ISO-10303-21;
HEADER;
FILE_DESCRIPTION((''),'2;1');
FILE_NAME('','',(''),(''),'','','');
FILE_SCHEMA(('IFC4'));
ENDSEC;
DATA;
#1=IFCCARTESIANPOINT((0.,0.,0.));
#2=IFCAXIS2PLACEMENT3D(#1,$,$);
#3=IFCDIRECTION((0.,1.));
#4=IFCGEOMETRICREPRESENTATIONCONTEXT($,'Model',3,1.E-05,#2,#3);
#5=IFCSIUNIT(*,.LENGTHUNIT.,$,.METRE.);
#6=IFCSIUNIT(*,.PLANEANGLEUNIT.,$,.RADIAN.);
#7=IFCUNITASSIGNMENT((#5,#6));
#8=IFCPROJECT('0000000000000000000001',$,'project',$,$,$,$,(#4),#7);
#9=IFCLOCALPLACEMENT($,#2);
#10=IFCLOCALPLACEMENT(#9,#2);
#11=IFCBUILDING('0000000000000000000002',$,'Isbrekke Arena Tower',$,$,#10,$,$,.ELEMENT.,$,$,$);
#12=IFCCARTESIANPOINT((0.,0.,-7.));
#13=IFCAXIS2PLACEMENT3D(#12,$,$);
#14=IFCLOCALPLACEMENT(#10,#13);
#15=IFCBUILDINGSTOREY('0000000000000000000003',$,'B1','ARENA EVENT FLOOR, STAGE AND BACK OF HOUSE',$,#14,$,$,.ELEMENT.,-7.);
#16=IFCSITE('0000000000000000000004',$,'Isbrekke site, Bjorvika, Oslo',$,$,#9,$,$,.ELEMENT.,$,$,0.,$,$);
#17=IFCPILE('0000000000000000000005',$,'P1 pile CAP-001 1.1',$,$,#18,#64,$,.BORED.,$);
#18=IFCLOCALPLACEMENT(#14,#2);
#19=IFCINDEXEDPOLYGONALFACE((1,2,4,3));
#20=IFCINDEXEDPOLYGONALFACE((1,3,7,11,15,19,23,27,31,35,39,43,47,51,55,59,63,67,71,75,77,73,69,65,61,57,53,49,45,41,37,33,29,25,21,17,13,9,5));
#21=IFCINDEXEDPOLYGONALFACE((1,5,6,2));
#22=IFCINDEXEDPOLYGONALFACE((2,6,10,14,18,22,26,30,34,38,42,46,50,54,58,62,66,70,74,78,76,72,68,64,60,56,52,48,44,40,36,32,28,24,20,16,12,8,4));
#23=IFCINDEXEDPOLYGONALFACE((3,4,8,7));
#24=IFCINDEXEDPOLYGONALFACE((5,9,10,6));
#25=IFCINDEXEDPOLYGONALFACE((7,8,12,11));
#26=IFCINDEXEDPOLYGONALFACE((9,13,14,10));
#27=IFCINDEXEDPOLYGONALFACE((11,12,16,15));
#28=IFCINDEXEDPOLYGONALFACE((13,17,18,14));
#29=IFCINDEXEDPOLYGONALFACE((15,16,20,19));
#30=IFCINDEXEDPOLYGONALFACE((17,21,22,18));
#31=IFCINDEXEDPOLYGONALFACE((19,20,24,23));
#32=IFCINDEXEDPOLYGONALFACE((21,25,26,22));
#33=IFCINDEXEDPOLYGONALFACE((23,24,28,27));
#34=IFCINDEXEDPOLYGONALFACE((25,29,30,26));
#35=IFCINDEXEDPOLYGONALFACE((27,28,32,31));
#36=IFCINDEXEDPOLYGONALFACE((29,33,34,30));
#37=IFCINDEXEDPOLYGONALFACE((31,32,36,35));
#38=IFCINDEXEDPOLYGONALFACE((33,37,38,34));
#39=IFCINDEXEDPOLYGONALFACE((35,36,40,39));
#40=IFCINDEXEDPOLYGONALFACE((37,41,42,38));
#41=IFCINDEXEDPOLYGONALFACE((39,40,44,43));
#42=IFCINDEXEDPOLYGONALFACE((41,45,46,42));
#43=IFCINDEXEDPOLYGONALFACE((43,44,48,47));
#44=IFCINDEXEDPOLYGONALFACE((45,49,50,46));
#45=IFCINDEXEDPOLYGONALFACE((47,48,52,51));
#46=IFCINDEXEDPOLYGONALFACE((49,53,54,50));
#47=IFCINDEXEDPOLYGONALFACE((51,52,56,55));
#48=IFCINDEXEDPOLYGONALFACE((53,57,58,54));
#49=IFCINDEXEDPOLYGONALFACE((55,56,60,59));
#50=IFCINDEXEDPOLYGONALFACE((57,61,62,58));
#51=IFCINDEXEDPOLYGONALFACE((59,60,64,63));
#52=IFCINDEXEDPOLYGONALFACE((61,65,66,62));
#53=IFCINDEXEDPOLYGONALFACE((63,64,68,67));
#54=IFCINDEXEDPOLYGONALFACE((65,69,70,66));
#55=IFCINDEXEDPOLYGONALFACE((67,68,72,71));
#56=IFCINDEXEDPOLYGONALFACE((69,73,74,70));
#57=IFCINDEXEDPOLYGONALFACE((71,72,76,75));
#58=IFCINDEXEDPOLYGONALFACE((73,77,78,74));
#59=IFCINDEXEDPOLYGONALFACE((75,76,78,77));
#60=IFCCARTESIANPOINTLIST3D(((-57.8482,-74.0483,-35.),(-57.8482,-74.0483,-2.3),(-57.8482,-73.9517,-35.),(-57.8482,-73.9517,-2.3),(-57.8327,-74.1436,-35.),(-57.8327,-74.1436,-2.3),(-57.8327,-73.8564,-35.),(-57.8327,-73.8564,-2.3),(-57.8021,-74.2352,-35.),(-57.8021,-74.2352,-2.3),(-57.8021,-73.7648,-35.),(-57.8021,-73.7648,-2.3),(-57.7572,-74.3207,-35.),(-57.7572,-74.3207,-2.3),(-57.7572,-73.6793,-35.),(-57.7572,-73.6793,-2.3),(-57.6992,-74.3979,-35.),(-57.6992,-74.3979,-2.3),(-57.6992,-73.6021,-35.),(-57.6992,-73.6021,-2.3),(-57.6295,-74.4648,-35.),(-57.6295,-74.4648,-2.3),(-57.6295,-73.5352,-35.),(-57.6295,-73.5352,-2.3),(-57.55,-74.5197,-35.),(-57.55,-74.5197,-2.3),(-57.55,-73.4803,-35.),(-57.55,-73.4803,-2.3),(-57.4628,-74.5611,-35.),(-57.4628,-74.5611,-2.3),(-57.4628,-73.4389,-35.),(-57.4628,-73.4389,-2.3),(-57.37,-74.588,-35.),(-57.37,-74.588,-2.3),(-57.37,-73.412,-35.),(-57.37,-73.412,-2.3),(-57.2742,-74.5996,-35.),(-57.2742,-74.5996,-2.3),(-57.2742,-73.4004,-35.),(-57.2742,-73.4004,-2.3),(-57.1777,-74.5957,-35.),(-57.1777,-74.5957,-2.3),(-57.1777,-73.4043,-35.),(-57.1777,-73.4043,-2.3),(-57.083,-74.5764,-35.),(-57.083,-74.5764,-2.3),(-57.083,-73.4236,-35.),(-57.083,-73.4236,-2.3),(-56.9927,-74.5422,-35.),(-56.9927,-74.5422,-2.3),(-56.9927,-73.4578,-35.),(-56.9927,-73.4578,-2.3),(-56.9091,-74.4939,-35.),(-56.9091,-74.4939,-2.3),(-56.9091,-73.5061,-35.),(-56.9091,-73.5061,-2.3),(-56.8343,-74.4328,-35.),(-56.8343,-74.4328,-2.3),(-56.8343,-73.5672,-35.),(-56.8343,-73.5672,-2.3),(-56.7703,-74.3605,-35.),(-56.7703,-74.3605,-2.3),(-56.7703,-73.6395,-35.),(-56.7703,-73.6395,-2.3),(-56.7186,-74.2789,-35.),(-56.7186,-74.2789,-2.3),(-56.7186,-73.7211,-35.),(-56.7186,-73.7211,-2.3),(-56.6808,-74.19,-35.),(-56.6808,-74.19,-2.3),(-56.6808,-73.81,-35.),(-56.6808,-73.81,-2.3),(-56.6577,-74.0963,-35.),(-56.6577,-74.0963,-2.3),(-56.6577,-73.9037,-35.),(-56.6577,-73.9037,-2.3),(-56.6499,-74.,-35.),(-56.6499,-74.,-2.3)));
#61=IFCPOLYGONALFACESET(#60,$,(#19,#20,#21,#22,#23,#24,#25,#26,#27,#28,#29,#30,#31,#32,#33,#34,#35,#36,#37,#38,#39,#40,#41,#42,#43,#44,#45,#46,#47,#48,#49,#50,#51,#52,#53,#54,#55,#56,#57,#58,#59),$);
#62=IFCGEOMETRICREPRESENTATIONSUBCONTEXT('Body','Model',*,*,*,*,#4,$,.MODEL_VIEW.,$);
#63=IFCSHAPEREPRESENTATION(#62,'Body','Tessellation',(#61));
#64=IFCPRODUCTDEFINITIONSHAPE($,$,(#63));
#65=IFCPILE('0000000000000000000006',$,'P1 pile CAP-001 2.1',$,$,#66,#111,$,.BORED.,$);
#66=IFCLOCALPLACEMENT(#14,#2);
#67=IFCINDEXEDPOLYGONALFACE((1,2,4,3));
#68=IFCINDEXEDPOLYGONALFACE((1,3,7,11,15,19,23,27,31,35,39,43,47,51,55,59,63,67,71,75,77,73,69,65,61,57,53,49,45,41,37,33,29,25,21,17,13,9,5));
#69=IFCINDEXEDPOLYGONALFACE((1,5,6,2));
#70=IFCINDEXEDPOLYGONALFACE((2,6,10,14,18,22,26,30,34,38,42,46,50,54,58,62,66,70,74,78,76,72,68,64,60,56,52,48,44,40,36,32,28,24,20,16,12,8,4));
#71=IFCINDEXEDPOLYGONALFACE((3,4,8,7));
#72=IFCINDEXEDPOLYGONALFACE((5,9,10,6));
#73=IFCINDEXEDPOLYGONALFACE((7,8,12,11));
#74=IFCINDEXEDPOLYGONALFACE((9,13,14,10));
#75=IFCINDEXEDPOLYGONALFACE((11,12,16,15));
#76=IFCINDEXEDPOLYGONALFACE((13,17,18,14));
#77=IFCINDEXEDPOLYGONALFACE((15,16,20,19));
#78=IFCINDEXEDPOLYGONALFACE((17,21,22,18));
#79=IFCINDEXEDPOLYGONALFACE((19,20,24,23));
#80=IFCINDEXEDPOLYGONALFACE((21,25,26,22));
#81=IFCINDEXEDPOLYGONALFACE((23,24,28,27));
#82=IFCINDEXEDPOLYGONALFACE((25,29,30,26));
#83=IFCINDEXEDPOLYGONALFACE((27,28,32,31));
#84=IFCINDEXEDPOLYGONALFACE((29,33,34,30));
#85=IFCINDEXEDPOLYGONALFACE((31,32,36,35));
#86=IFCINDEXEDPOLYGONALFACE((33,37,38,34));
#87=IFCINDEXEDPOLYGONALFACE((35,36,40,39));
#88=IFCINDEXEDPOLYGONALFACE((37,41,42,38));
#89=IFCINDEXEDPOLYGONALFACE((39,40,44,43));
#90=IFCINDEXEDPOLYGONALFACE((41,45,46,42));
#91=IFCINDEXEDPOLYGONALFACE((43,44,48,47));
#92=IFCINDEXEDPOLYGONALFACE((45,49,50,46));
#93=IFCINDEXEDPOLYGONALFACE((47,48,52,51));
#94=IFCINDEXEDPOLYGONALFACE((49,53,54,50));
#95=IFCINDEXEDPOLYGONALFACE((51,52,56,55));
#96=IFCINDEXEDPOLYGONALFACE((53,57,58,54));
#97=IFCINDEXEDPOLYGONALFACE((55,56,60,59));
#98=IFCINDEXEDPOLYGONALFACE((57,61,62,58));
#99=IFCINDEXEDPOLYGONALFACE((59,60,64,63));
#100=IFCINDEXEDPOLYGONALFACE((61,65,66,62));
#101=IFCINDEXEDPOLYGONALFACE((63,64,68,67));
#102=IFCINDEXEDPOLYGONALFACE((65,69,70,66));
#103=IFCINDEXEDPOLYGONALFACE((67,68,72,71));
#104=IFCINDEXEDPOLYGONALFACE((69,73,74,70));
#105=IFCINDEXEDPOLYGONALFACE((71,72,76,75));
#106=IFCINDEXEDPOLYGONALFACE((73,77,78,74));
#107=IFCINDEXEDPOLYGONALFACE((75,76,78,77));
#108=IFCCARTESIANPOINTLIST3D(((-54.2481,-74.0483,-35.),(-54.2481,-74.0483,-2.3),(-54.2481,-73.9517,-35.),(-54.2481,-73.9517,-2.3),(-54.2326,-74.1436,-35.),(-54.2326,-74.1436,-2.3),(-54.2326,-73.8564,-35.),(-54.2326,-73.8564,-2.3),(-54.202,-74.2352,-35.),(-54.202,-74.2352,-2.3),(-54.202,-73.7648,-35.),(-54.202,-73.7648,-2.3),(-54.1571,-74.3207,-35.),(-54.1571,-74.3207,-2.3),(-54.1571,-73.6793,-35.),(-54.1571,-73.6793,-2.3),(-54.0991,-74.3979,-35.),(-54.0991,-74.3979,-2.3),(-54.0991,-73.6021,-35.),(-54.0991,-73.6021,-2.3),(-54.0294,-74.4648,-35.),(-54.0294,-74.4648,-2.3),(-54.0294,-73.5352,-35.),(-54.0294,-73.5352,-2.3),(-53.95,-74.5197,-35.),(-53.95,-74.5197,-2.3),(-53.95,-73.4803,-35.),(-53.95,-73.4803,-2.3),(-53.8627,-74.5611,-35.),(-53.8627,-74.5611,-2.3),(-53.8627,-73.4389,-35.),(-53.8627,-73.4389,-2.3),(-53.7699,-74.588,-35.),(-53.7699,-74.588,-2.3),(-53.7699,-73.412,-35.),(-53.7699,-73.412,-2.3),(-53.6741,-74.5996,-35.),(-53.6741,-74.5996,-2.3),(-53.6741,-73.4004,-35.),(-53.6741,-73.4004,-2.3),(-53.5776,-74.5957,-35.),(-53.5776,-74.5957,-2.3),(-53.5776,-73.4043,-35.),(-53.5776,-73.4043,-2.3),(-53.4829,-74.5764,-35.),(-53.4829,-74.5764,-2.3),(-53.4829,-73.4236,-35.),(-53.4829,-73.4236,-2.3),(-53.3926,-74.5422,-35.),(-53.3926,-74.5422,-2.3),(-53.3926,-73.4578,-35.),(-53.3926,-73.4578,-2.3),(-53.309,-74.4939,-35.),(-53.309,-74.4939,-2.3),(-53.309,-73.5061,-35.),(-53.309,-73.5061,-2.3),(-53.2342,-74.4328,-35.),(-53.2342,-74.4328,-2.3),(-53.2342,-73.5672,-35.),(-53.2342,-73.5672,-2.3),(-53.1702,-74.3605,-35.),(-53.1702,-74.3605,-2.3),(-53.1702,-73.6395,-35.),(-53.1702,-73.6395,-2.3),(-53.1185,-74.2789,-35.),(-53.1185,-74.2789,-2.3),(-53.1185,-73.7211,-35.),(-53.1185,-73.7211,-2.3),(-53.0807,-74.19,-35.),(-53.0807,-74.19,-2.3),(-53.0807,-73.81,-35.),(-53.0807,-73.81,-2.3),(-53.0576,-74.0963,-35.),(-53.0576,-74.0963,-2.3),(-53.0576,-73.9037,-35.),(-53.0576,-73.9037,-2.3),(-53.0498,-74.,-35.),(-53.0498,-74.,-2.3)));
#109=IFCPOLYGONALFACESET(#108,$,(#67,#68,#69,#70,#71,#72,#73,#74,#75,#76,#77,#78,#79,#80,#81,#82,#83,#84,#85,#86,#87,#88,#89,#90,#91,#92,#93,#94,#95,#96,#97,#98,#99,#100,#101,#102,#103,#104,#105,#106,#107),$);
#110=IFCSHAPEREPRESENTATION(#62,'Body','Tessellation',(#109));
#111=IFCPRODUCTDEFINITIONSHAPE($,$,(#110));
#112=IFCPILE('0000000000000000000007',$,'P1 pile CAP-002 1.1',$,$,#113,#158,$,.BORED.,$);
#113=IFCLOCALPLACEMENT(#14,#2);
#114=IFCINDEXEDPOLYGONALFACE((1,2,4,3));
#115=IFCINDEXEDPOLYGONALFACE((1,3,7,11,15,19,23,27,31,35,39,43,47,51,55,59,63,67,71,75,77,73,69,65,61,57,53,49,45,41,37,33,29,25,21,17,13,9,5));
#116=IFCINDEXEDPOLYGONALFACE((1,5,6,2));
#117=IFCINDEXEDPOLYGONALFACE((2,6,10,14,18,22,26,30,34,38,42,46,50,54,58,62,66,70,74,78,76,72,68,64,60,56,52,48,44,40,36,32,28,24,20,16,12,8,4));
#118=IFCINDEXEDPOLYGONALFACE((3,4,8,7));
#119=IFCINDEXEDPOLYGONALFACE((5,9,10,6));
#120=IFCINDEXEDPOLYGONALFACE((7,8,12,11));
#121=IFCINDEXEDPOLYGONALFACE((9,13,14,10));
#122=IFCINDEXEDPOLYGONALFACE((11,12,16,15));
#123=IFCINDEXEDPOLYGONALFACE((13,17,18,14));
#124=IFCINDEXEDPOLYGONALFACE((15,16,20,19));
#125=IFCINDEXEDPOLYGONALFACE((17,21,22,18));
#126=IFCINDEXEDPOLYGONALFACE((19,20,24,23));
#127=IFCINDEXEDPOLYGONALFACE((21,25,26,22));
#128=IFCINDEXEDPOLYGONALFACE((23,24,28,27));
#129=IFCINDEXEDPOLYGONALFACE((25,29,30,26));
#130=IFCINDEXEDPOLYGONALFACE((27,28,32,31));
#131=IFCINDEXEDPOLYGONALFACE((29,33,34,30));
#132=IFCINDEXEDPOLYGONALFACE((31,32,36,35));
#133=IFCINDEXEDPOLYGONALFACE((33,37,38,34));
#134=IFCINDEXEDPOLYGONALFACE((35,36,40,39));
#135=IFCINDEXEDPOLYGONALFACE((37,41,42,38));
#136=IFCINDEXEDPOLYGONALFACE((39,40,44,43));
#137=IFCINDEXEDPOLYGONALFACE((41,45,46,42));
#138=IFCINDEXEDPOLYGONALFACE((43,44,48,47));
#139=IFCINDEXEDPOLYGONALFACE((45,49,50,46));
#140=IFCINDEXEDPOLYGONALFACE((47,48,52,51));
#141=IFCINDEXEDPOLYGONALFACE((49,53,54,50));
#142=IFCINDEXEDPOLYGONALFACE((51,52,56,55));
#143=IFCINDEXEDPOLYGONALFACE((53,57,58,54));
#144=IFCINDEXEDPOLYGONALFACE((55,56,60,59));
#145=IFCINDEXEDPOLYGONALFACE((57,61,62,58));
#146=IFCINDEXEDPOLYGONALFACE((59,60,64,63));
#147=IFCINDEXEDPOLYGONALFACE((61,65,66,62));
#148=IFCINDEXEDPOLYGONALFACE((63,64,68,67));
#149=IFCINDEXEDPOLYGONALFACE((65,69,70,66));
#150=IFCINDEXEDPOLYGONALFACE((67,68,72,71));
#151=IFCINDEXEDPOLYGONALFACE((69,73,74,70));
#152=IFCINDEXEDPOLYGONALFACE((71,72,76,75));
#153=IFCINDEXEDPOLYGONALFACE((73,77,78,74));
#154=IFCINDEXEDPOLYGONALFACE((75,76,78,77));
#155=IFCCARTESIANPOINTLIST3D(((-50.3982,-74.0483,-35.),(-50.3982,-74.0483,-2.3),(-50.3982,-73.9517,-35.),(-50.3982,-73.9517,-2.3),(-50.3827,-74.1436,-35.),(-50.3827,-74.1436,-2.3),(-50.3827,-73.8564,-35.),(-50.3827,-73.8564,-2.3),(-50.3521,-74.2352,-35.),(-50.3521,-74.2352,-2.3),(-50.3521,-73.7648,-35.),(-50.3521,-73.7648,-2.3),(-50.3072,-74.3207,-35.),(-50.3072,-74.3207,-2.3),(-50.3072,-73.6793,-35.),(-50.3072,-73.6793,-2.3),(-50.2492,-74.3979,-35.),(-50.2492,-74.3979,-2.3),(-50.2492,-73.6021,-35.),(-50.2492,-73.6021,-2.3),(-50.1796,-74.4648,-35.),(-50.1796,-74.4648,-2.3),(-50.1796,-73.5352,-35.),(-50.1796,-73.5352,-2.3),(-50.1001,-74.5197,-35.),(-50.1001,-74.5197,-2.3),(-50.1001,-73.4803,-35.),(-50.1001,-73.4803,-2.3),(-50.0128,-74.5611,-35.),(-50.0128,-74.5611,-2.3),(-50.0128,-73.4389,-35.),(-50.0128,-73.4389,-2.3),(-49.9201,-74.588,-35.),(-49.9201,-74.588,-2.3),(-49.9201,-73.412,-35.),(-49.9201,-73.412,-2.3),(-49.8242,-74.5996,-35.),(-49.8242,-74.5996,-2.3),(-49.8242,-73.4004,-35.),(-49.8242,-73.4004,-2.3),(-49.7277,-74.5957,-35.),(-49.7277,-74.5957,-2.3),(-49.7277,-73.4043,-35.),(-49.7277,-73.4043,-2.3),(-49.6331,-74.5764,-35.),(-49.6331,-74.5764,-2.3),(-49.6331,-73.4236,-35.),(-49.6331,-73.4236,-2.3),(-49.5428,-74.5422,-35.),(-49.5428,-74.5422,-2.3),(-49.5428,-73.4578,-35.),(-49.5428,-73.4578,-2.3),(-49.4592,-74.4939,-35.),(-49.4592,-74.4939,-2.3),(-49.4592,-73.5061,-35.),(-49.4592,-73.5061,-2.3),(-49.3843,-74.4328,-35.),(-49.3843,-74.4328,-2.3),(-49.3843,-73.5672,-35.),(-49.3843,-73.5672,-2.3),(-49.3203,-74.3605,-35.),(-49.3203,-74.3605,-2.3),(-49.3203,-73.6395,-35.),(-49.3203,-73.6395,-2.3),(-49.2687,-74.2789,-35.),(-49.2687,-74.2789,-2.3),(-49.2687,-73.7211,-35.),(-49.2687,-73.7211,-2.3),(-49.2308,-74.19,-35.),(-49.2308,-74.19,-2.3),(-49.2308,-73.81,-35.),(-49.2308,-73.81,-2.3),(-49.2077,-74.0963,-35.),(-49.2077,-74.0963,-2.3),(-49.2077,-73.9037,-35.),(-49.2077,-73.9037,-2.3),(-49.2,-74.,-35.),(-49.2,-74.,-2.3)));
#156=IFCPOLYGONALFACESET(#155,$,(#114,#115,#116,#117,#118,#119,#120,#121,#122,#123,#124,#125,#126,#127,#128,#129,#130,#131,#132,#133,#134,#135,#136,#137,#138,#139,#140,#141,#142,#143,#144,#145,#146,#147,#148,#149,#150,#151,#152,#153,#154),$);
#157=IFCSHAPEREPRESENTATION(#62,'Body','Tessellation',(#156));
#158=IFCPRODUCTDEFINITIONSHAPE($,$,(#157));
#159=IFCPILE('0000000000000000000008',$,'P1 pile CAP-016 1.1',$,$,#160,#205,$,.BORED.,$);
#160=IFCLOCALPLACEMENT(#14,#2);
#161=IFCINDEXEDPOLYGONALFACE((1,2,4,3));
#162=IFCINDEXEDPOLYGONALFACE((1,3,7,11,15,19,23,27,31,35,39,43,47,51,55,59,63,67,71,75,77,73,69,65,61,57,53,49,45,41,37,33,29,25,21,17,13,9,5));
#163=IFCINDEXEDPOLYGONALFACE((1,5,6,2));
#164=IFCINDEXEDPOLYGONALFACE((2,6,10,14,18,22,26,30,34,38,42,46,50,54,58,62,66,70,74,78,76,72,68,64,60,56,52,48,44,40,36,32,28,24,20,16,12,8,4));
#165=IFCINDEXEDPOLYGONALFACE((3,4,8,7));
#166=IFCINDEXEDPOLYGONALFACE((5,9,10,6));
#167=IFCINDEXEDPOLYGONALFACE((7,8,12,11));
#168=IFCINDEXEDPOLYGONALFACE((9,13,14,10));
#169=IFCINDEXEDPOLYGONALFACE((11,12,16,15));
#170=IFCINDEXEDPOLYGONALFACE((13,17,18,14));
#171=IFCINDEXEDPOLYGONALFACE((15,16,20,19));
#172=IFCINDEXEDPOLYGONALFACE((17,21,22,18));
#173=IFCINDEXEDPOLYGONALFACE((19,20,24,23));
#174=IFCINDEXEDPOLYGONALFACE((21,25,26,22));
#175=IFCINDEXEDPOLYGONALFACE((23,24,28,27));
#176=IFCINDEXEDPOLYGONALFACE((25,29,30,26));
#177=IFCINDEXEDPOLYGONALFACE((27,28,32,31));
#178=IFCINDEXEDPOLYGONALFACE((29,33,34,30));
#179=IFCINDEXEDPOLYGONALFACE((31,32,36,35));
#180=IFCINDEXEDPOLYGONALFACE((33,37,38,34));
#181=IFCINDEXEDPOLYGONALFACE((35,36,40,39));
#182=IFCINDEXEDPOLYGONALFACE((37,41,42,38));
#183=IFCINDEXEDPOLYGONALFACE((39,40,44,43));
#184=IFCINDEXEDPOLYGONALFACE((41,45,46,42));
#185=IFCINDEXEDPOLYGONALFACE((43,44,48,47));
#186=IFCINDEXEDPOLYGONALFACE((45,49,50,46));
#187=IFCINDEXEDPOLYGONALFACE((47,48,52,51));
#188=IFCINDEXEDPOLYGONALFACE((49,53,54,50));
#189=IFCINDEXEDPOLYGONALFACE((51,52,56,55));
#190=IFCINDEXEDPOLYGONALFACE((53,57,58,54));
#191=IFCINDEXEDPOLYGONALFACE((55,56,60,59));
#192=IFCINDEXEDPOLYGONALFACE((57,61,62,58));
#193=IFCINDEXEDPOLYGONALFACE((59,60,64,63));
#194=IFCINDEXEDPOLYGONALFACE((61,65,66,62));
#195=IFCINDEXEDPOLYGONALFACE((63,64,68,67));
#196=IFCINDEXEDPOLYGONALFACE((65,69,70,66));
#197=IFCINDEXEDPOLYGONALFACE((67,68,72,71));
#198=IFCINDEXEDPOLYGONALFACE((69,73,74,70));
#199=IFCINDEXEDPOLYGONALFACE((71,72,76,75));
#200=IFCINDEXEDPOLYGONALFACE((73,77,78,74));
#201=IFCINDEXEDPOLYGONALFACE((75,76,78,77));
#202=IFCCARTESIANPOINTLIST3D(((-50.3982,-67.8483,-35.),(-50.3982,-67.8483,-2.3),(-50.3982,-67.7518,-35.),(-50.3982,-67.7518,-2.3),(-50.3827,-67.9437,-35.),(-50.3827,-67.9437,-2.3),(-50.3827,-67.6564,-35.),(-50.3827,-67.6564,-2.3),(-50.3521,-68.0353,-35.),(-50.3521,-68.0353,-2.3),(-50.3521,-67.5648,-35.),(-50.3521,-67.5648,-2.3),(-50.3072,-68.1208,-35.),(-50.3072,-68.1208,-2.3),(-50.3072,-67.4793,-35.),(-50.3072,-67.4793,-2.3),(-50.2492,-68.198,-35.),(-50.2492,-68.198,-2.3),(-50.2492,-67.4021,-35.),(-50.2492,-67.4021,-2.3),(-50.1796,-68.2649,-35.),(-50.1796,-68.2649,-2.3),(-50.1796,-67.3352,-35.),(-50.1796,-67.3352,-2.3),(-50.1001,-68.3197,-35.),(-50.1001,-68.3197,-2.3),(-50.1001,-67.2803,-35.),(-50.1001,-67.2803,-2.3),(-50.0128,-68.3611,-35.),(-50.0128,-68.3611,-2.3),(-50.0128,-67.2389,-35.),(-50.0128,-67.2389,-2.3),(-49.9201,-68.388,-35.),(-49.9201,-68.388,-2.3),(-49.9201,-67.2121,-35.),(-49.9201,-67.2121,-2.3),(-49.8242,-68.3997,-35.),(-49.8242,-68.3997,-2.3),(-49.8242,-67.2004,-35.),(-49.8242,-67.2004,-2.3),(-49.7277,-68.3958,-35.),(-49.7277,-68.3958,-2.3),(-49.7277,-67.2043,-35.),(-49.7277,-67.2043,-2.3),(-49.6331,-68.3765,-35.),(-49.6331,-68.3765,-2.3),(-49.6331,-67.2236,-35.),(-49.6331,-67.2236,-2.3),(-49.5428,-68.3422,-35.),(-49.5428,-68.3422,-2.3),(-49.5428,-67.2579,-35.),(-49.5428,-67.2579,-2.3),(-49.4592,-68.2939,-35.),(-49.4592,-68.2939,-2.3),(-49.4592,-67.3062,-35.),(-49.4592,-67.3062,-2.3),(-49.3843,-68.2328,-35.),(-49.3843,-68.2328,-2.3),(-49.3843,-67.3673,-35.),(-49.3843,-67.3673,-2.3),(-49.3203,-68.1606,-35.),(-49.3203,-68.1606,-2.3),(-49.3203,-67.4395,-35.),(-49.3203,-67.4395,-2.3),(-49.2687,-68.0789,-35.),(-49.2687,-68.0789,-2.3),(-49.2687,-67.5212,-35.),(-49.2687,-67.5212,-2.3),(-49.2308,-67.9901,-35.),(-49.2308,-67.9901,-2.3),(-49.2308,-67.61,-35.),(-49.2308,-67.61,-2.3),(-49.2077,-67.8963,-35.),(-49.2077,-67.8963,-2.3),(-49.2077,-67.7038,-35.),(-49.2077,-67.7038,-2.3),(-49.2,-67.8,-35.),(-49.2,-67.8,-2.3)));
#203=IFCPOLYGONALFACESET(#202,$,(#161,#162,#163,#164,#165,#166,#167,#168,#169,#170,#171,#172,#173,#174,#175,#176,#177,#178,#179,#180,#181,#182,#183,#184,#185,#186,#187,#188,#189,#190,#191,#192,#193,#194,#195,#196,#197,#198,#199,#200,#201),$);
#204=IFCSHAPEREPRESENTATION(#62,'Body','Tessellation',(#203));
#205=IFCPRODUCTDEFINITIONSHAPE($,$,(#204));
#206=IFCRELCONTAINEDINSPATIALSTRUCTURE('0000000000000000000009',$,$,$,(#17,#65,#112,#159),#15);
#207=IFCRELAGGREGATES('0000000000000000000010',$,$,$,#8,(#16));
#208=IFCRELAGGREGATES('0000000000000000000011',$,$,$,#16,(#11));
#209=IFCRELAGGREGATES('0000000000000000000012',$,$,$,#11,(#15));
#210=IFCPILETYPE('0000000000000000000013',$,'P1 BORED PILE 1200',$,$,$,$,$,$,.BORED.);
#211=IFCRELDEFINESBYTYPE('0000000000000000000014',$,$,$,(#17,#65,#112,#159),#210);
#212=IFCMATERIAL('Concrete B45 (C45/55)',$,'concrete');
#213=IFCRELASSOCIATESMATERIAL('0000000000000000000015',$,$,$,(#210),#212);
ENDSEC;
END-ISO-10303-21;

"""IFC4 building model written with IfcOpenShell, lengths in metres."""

from ifc_helpers import new_model, si_unit, direction, frame, origin, origin_2d, place, context, subcontext, project, spatial, circle, extrude, material, material_profile, profile_set, type_object, element, save


model = new_model("IFC4")

# Units and contexts
model_context = context("Model", 3, precision=1e-05, world=origin(), true_north=direction((0.0, 1.0)))
body_context = subcontext(model_context, "Body", "Model", "MODEL_VIEW")
ifc_project = project(units=[si_unit("LENGTHUNIT", "METRE"), si_unit("PLANEANGLEUNIT", "RADIAN")], contexts=[model_context])

# Site, building, storey
site_placement = place(None, origin())
site = spatial("IfcSite", under=ifc_project, at=site_placement, Name="Isbrekke site, Bjorvika, Oslo", CompositionType="ELEMENT", RefElevation=0.0)
building_placement = place(site_placement, origin())
building = spatial("IfcBuilding", under=site, at=building_placement, Name="Isbrekke Arena Tower", CompositionType="ELEMENT")
storey_placement = place(building_placement, frame((0.0, 0.0, -7.0)))
storey = spatial("IfcBuildingStorey", under=building, at=storey_placement, Name="B1", Description="ARENA EVENT FLOOR, STAGE AND BACK OF HOUSE", CompositionType="ELEMENT", Elevation=-7.0)

# Piles
ifc_material_1 = material(Name="Concrete B45 (C45/55)", Category="concrete")
ifc_material_profile_1 = material_profile(ifc_material_1, circle(Radius=0.6001, at=origin_2d()), Name="BORED PILE D1200")
ifc_profile_set_1 = profile_set([ifc_material_profile_1], Name="Concrete B45 (C45/55)")
pile_type = type_object("IfcPileType", Name="P1 BORED PILE 1200", PredefinedType="BORED", material=ifc_profile_set_1)
for number, where, z_axis, x_axis, name in (
    (1, (-57.25, -74.0, -2.3), (0.0, 0.0, -1.0), (1.0, 0.0, 0.0), "P1 pile CAP-001 1.1"),
    (2, (-53.6499, -74.0, -2.3), (0.0, 0.0, -1.0), (1.0, 0.0, 0.0), "P1 pile CAP-001 2.1"),
    (3, (-49.8, -74.0, -2.3), (0.0, 0.0, -1.0), (1.0, 0.0, 0.0), "P1 pile CAP-002 1.1"),
    (4, (-49.8, -67.8, -2.3), (0.0, 0.0, -1.0), (1.0, 0.0, 0.0), "P1 pile CAP-016 1.1"),
):
    element("IfcPile", number, at=place(storey_placement, frame(where, z_axis=z_axis, x_axis=x_axis)), inside=storey, type_object=pile_type, Name=name, PredefinedType="BORED", context=body_context, shape_type="SweptSolid", body=[
        extrude(circle(Radius=0.6001, at=origin_2d()), origin(), (0.0, 0.0, 1.0), 32.7),
    ])

save(model, "model.ifc")
